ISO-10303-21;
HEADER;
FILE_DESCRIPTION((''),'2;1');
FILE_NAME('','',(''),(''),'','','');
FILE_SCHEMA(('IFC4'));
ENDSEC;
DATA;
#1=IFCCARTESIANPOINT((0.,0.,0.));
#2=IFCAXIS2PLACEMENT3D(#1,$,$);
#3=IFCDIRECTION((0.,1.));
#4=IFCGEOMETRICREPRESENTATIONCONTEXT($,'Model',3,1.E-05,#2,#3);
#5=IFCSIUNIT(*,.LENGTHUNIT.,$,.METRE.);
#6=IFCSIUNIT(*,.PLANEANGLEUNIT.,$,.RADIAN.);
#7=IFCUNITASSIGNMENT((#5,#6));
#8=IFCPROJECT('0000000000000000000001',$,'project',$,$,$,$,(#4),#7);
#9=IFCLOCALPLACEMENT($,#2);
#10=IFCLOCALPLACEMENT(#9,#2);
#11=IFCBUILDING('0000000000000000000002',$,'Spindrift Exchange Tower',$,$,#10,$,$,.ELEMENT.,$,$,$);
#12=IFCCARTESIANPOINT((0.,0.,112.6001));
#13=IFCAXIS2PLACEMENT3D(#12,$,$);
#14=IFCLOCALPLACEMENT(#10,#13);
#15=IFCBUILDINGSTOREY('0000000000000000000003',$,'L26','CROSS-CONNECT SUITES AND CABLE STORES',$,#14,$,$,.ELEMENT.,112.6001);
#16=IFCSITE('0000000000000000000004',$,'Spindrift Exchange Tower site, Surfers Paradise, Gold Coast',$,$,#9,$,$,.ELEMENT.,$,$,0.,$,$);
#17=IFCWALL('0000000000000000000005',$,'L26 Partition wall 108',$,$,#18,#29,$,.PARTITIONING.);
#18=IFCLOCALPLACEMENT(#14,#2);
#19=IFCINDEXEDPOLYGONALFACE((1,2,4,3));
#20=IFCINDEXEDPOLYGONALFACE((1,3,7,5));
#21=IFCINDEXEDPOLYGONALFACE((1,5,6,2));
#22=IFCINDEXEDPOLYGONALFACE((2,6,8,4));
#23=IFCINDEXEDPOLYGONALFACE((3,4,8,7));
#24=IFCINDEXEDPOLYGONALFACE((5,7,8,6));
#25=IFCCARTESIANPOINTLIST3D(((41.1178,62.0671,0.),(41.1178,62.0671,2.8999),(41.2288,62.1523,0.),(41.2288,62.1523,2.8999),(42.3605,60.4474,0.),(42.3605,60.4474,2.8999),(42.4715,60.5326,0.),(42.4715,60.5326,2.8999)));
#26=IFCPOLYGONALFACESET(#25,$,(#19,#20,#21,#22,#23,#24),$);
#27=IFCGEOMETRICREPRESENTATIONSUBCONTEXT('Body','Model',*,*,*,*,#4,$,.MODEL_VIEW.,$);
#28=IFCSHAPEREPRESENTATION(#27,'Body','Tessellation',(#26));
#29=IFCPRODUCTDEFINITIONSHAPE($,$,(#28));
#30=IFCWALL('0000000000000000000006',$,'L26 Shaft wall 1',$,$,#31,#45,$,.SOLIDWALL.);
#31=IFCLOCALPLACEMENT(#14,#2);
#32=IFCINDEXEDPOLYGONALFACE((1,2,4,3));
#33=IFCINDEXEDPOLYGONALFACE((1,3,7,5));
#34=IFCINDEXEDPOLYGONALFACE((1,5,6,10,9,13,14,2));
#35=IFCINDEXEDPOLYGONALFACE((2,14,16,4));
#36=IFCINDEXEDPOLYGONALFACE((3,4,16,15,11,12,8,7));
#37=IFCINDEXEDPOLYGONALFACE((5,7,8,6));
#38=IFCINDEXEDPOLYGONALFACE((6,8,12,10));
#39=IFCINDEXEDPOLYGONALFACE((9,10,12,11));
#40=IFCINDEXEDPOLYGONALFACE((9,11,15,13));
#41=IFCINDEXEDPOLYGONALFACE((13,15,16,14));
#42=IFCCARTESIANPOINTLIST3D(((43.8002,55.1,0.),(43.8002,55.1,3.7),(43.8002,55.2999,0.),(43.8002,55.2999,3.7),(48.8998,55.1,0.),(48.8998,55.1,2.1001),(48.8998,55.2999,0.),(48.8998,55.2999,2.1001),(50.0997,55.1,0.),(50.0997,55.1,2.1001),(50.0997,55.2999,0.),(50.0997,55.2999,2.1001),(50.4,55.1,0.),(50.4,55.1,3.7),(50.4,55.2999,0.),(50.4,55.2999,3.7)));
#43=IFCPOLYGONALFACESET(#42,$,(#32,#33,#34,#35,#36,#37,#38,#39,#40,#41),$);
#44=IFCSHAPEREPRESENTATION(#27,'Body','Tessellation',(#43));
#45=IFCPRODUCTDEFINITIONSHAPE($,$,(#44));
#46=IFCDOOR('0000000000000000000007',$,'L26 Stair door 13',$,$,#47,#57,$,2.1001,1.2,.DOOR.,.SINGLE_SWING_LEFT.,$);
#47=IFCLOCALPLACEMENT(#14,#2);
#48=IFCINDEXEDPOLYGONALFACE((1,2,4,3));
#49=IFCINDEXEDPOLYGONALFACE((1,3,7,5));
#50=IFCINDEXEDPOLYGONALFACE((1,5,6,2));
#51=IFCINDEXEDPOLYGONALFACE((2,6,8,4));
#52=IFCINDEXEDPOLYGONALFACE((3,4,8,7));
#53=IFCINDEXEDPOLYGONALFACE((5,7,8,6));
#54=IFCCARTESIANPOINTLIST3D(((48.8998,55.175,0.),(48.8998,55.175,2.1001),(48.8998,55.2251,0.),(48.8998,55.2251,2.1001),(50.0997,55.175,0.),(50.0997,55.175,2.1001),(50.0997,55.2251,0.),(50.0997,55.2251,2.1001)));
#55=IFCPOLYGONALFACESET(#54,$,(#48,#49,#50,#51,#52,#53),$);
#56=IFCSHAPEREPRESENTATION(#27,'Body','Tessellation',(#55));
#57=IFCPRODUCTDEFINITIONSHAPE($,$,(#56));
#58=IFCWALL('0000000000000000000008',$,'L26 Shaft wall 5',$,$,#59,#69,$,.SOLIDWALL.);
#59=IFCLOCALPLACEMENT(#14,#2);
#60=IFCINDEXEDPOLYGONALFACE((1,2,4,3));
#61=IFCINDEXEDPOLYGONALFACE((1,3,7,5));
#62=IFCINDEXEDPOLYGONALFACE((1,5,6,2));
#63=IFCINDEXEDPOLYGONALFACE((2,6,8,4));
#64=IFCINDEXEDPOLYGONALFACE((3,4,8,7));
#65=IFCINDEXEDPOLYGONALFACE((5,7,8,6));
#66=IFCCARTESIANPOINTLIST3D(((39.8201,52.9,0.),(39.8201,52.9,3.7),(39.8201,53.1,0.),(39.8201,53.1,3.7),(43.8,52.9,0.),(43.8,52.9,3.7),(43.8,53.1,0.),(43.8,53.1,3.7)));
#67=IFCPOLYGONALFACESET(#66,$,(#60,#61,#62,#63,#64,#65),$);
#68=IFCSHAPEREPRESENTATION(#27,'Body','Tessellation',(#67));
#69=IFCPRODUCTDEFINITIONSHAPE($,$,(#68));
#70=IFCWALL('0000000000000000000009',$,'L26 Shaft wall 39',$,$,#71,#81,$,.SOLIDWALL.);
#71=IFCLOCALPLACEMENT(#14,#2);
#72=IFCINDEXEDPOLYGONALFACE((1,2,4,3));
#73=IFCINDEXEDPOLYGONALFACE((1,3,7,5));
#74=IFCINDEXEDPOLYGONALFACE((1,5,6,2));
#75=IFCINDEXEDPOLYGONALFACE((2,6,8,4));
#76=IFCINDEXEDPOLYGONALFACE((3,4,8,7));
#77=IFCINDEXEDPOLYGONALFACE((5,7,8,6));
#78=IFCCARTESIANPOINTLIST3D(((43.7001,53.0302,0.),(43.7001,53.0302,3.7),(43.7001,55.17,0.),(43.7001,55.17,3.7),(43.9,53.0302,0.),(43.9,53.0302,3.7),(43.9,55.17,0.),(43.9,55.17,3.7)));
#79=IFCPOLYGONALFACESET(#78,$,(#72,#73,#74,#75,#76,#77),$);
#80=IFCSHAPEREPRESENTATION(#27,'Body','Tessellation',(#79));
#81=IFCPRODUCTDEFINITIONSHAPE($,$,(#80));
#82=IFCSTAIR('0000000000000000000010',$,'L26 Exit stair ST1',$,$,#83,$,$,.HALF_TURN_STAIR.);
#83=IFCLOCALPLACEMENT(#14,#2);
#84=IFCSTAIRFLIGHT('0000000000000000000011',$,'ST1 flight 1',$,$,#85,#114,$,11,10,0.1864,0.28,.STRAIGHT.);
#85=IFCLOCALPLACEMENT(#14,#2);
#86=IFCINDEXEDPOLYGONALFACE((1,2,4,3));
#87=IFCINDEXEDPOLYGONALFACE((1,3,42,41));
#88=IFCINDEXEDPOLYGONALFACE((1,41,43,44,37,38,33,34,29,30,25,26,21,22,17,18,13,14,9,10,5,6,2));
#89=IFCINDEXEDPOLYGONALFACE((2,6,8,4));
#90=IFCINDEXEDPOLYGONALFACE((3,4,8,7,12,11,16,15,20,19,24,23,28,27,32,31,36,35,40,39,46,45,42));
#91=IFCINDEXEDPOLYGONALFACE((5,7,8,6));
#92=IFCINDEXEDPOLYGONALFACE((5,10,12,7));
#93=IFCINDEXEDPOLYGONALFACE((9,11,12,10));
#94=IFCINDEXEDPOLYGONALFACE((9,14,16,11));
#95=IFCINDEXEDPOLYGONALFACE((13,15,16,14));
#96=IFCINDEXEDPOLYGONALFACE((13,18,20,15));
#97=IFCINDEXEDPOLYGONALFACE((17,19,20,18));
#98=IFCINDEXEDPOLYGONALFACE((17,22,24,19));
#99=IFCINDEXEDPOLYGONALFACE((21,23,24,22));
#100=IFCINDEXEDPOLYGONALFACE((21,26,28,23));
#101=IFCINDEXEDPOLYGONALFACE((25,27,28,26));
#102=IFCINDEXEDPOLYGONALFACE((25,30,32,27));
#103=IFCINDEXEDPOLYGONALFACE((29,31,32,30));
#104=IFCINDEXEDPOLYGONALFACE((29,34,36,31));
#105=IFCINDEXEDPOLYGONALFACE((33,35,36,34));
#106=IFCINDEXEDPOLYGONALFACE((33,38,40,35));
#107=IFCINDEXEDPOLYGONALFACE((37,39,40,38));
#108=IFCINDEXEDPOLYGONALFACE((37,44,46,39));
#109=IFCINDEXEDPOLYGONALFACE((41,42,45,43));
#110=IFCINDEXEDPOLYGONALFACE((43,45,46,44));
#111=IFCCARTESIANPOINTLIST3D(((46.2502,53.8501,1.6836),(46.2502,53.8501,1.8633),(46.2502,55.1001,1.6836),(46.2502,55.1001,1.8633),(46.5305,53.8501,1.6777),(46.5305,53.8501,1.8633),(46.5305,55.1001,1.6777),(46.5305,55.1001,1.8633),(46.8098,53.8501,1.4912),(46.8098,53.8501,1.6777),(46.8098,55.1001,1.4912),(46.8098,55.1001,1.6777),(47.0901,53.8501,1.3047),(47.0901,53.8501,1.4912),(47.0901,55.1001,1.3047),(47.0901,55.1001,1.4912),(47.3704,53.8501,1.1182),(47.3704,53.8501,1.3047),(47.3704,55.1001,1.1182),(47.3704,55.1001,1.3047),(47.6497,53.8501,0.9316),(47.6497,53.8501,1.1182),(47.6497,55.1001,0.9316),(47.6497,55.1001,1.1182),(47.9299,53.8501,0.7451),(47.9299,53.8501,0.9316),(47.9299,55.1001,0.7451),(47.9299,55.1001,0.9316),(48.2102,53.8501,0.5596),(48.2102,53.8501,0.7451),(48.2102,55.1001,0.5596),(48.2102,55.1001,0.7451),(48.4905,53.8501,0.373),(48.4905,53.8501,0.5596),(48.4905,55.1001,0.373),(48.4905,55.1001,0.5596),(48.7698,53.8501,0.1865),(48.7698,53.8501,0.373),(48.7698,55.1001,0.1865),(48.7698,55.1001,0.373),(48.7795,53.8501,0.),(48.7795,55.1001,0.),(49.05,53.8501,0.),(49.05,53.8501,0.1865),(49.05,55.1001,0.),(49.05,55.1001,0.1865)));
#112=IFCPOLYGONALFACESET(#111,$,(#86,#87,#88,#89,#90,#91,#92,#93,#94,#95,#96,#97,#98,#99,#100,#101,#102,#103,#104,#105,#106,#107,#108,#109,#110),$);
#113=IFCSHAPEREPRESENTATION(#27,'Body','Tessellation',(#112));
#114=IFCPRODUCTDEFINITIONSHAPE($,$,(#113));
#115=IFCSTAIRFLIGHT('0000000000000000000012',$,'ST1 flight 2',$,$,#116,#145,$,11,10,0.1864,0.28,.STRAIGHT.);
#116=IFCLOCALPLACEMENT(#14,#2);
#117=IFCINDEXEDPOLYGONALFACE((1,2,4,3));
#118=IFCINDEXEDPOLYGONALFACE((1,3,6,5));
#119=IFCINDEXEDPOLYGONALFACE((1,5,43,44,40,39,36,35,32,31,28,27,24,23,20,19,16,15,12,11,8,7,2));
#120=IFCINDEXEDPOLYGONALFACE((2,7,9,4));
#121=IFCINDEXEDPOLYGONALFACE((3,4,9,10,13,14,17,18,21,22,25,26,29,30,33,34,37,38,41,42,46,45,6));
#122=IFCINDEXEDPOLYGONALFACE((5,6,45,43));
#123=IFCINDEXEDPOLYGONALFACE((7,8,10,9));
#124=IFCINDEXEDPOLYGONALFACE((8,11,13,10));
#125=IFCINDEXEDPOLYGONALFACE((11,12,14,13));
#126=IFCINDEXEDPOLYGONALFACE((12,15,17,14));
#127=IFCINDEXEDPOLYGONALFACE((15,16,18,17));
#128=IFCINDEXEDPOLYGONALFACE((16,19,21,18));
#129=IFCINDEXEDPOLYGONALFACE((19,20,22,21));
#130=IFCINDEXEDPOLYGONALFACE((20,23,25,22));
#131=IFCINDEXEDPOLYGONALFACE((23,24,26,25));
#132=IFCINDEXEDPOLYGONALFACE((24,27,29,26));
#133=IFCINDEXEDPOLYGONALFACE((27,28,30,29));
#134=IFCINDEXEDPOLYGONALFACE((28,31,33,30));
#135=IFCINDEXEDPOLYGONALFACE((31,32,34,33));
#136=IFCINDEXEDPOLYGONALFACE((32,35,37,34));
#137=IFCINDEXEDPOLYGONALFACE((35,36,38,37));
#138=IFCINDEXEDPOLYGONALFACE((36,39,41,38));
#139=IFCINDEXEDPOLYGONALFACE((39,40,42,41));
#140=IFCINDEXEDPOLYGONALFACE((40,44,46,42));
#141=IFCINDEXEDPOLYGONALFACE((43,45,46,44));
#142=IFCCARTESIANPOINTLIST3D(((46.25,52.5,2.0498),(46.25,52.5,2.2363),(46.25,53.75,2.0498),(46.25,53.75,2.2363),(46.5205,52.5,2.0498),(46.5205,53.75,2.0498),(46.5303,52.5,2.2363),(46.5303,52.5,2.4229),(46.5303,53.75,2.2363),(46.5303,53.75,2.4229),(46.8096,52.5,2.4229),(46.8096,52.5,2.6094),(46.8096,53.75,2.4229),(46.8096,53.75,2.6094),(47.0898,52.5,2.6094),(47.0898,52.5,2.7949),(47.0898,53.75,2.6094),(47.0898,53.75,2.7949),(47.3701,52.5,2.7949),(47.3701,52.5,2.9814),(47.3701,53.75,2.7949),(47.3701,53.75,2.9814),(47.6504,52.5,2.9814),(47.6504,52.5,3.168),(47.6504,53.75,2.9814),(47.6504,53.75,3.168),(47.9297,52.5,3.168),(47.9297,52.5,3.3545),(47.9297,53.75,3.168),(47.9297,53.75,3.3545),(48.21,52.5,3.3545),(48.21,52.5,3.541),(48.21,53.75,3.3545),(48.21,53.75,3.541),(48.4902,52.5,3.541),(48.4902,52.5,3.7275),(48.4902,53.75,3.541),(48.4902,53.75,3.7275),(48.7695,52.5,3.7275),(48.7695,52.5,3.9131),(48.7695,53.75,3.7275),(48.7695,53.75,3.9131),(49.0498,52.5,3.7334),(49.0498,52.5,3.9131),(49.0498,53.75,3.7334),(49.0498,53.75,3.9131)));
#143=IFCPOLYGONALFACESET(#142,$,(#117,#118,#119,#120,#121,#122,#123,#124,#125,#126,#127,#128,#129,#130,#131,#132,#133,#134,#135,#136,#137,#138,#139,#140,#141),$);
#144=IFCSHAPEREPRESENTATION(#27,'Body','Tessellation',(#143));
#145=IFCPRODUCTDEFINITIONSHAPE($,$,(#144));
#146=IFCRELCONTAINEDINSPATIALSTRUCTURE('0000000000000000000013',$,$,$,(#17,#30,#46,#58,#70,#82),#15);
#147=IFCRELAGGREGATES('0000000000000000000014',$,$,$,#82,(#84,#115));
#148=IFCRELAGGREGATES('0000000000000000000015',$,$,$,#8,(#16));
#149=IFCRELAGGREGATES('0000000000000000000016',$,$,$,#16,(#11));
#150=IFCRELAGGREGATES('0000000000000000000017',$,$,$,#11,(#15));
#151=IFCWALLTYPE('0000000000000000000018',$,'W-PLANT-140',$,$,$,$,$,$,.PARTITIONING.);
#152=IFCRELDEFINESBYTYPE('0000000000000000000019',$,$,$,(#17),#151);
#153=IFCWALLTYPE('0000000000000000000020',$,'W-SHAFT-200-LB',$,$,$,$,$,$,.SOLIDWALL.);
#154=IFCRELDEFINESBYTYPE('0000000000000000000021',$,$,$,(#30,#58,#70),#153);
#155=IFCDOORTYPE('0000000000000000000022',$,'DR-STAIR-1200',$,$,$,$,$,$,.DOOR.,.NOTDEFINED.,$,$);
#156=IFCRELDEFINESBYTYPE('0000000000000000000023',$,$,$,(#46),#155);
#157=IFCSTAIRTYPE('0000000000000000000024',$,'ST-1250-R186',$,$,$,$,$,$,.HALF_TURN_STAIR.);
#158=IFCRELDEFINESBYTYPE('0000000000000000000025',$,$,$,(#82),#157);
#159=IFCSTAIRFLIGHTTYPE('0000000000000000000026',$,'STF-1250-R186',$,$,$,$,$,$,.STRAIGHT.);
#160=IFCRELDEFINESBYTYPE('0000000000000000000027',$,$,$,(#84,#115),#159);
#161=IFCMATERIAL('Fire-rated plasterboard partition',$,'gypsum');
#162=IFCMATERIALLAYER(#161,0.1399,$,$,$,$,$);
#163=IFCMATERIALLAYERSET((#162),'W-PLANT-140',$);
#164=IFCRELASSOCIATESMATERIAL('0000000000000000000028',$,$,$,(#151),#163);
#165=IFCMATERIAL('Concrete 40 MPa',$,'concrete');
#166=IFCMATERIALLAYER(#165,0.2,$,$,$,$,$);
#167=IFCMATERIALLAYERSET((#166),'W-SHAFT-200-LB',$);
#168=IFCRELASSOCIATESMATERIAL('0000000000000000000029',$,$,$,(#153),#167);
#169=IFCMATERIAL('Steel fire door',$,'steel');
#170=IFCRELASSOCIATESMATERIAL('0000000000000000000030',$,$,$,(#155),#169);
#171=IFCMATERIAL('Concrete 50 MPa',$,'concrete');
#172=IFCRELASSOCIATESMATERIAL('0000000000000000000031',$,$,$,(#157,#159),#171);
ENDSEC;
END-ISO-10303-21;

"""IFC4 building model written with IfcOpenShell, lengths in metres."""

from ifc_helpers import new_model, si_unit, direction, frame, frame_2d, origin, place, context, subcontext, project, spatial, line, indexed_curve, rectangle, outline, extrude, source, transform, mapped, material, layer, layer_set, type_object, element, fill, aggregate, save


model = new_model("IFC4")

# Units and contexts
model_context = context("Model", 3, precision=1e-05, world=origin(), true_north=direction((0.0, 1.0)))
body_context = subcontext(model_context, "Body", "Model", "MODEL_VIEW")
ifc_project = project(units=[si_unit("LENGTHUNIT", "METRE"), si_unit("PLANEANGLEUNIT", "RADIAN")], contexts=[model_context])

# Site, building, storey
site_placement = place(None, origin())
site = spatial("IfcSite", under=ifc_project, at=site_placement, Name="Spindrift Exchange Tower site, Surfers Paradise, Gold Coast", CompositionType="ELEMENT", RefElevation=0.0)
building_placement = place(site_placement, origin())
building = spatial("IfcBuilding", under=site, at=building_placement, Name="Spindrift Exchange Tower", CompositionType="ELEMENT")
storey_placement = place(building_placement, frame((0.0, 0.0, 112.6001)))
storey = spatial("IfcBuildingStorey", under=building, at=storey_placement, Name="L26", Description="CROSS-CONNECT SUITES AND CABLE STORES", CompositionType="ELEMENT", Elevation=112.6001)

# Shared definitions
ifc_material_1 = material(Name="Fire-rated plasterboard partition", Category="gypsum")

# Wall
ifc_layer_1 = layer(ifc_material_1, 0.1399)
ifc_layer_set_1 = layer_set([ifc_layer_1], Name="W-PLANT-140")
wall_type_1 = type_object("IfcWallType", Name="W-PLANT-140", PredefinedType="PARTITIONING", material=ifc_layer_set_1)
wall_1_placement = place(storey_placement, frame((42.416, 60.49, 0.0), z_axis=(0.0, 0.0, 1.0), x_axis=(-0.608728, 0.793379, 0.0)))
element("IfcWall", 1, at=wall_1_placement, inside=storey, type_object=wall_type_1, Name="L26 Partition wall 108", PredefinedType="PARTITIONING", context=body_context, shape_type="SweptSolid", body=[
    extrude(rectangle(XDim=2.0415, YDim=0.1399, at=frame_2d((1.0208, 0.0))), origin(), (0.0, 0.0, 1.0), 2.8999),
])

# Wall, opening, door
ifc_material_2 = material(Name="Concrete 40 MPa", Category="concrete")
ifc_layer_2 = layer(ifc_material_2, 0.2)
ifc_layer_set_2 = layer_set([ifc_layer_2], Name="W-SHAFT-200-LB")
wall_type_2 = type_object("IfcWallType", Name="W-SHAFT-200-LB", PredefinedType="SOLIDWALL", material=ifc_layer_set_2)
wall_2_placement = place(storey_placement, frame((50.3999, 55.2, 0.0), z_axis=(0.0, 0.0, 1.0), x_axis=(-1.0, 0.0, 0.0)))
wall_2 = element("IfcWall", 2, at=wall_2_placement, inside=storey, type_object=wall_type_2, Name="L26 Shaft wall 1", PredefinedType="SOLIDWALL", context=body_context, shape_type="SweptSolid", body=[
    extrude(rectangle(XDim=6.5999, YDim=0.2, at=frame_2d((3.2998, 0.0))), origin(), (0.0, 0.0, 1.0), 3.7),
])
opening_1_placement = place(wall_2_placement, frame((0.3, 0.0, 0.0)))
opening_1 = element("IfcOpeningElement", 3, at=opening_1_placement, cuts=wall_2, PredefinedType="OPENING", context=body_context, shape_type="SweptSolid", body=[
    extrude(rectangle(XDim=1.2, YDim=2.1001, at=frame_2d((0.6001, 1.05))), frame((0.0, 0.1099, 0.0), z_axis=(0.0, -1.0, 0.0), x_axis=(1.0, 0.0, 0.0)), (0.0, 0.0, 1.0), 0.22),
])
ifc_material_3 = material(Name="Steel fire door", Category="steel")
door_type_1 = type_object("IfcDoorType", Name="DR-STAIR-1200", OperationType="NOTDEFINED", PredefinedType="DOOR", material=ifc_material_3)
shared_shape_1 = source(origin(), body_context, "Body", "SweptSolid", [
    extrude(rectangle(XDim=1.2, YDim=2.1001, at=frame_2d((0.6001, 1.05))), frame((0.0, 0.0249, 0.0), z_axis=(0.0, -1.0, 0.0), x_axis=(1.0, 0.0, 0.0)), (0.0, 0.0, 1.0), 0.05),
])
door_1_placement = place(opening_1_placement, origin())
door_1 = element("IfcDoor", 4, at=door_1_placement, inside=storey, type_object=door_type_1, Name="L26 Stair door 13", OperationType="SINGLE_SWING_LEFT", OverallHeight=2.1001, OverallWidth=1.2, PredefinedType="DOOR", context=body_context, shape_type="MappedRepresentation", body=[
    mapped(shared_shape_1, transform((0.0, 0.0, 0.0), scale=1.0)),
])
fill(opening_1, door_1)

# Walls
wall_3_placement = place(storey_placement, frame((43.8, 53.0, 0.0), z_axis=(0.0, 0.0, 1.0), x_axis=(-1.0, 0.0, 0.0)))
element("IfcWall", 5, at=wall_3_placement, inside=storey, type_object=wall_type_2, Name="L26 Shaft wall 5", PredefinedType="SOLIDWALL", context=body_context, shape_type="SweptSolid", body=[
    extrude(rectangle(XDim=3.98, YDim=0.2, at=frame_2d((1.99, 0.0))), origin(), (0.0, 0.0, 1.0), 3.7),
])
wall_4_placement = place(storey_placement, frame((43.8, 55.1699, 0.0), z_axis=(0.0, 0.0, 1.0), x_axis=(0.0, -1.0, 0.0)))
element("IfcWall", 6, at=wall_4_placement, inside=storey, type_object=wall_type_2, Name="L26 Shaft wall 39", PredefinedType="SOLIDWALL", context=body_context, shape_type="SweptSolid", body=[
    extrude(rectangle(XDim=2.1399, YDim=0.2, at=frame_2d((1.0698, 0.0))), origin(), (0.0, 0.0, 1.0), 3.7),
])

# Stair, stair flights
ifc_material_4 = material(Name="Concrete 50 MPa", Category="concrete")
stair_type = type_object("IfcStairType", Name="ST-1250-R186", PredefinedType="HALF_TURN_STAIR", material=ifc_material_4)
stair_placement = place(storey_placement, origin())
stair = element("IfcStair", 7, at=stair_placement, inside=storey, type_object=stair_type, Name="L26 Exit stair ST1", PredefinedType="HALF_TURN_STAIR")
stair_flight_type = type_object("IfcStairFlightType", Name="STF-1250-R186", PredefinedType="STRAIGHT", material=ifc_material_4)
stair_flight_1_placement = place(storey_placement, frame((49.05, 54.4751, 0.0), z_axis=(0.0, 0.0, 1.0), x_axis=(-1.0, 0.0, 0.0)))
stair_flight_1 = element("IfcStairFlight", 8, at=stair_flight_1_placement, type_object=stair_flight_type, Name="ST1 flight 1", NumberOfRisers=11, NumberOfTreads=10, PredefinedType="STRAIGHT", RiserHeight=0.1864, TreadLength=0.28, context=body_context, shape_type="SweptSolid", body=[
    extrude(outline(indexed_curve([(0.0, 0.0), (0.0, 0.1865), (0.2803, 0.1865), (0.2803, 0.373), (0.5596, 0.373), (0.5596, 0.5596), (0.8398, 0.5596), (0.8398, 0.7451), (1.1201, 0.7451), (1.1201, 0.9316), (1.4004, 0.9316), (1.4004, 1.1182), (1.6797, 1.1182), (1.6797, 1.3047), (1.96, 1.3047), (1.96, 1.4912), (2.2402, 1.4912), (2.2402, 1.6777), (2.5195, 1.6777), (2.5195, 1.8633), (2.7998, 1.8633), (2.7998, 2.0498), (2.7998, 1.6836), (0.2705, 0.0)], segments=[line(1, 2, 3, 4, 5, 6, 7, 8, 9, 10, 11, 12, 13, 14, 15, 16, 17, 18, 19, 20, 21, 22, 23, 24, 1)], self_intersect=False)), frame((0.0, 0.625, 0.0), z_axis=(0.0, -1.0, 0.0), x_axis=(1.0, 0.0, 0.0)), (0.0, 0.0, 1.0), 1.25),
])
stair_flight_2_placement = place(storey_placement, frame((46.25, 53.125, 2.0498), z_axis=(0.0, 0.0, 1.0), x_axis=(1.0, 0.0, 0.0)))
stair_flight_2 = element("IfcStairFlight", 9, at=stair_flight_2_placement, type_object=stair_flight_type, Name="ST1 flight 2", NumberOfRisers=11, NumberOfTreads=10, PredefinedType="STRAIGHT", RiserHeight=0.1864, TreadLength=0.28, context=body_context, shape_type="SweptSolid", body=[
    extrude(outline(indexed_curve([(0.0, 0.0), (0.0, 0.1865), (0.2803, 0.1865), (0.2803, 0.373), (0.5596, 0.373), (0.5596, 0.5596), (0.8398, 0.5596), (0.8398, 0.7451), (1.1201, 0.7451), (1.1201, 0.9316), (1.4004, 0.9316), (1.4004, 1.1182), (1.6797, 1.1182), (1.6797, 1.3047), (1.96, 1.3047), (1.96, 1.4912), (2.2402, 1.4912), (2.2402, 1.6777), (2.5195, 1.6777), (2.5195, 1.8633), (2.7998, 1.8633), (2.7998, 2.0498), (2.7998, 1.6836), (0.2705, 0.0)], segments=[line(1, 2, 3, 4, 5, 6, 7, 8, 9, 10, 11, 12, 13, 14, 15, 16, 17, 18, 19, 20, 21, 22, 23, 24, 1)], self_intersect=False)), frame((0.0, 0.625, 0.0), z_axis=(0.0, -1.0, 0.0), x_axis=(1.0, 0.0, 0.0)), (0.0, 0.0, 1.0), 1.25),
])
aggregate(stair, [stair_flight_1, stair_flight_2])

save(model, "model.ifc")
